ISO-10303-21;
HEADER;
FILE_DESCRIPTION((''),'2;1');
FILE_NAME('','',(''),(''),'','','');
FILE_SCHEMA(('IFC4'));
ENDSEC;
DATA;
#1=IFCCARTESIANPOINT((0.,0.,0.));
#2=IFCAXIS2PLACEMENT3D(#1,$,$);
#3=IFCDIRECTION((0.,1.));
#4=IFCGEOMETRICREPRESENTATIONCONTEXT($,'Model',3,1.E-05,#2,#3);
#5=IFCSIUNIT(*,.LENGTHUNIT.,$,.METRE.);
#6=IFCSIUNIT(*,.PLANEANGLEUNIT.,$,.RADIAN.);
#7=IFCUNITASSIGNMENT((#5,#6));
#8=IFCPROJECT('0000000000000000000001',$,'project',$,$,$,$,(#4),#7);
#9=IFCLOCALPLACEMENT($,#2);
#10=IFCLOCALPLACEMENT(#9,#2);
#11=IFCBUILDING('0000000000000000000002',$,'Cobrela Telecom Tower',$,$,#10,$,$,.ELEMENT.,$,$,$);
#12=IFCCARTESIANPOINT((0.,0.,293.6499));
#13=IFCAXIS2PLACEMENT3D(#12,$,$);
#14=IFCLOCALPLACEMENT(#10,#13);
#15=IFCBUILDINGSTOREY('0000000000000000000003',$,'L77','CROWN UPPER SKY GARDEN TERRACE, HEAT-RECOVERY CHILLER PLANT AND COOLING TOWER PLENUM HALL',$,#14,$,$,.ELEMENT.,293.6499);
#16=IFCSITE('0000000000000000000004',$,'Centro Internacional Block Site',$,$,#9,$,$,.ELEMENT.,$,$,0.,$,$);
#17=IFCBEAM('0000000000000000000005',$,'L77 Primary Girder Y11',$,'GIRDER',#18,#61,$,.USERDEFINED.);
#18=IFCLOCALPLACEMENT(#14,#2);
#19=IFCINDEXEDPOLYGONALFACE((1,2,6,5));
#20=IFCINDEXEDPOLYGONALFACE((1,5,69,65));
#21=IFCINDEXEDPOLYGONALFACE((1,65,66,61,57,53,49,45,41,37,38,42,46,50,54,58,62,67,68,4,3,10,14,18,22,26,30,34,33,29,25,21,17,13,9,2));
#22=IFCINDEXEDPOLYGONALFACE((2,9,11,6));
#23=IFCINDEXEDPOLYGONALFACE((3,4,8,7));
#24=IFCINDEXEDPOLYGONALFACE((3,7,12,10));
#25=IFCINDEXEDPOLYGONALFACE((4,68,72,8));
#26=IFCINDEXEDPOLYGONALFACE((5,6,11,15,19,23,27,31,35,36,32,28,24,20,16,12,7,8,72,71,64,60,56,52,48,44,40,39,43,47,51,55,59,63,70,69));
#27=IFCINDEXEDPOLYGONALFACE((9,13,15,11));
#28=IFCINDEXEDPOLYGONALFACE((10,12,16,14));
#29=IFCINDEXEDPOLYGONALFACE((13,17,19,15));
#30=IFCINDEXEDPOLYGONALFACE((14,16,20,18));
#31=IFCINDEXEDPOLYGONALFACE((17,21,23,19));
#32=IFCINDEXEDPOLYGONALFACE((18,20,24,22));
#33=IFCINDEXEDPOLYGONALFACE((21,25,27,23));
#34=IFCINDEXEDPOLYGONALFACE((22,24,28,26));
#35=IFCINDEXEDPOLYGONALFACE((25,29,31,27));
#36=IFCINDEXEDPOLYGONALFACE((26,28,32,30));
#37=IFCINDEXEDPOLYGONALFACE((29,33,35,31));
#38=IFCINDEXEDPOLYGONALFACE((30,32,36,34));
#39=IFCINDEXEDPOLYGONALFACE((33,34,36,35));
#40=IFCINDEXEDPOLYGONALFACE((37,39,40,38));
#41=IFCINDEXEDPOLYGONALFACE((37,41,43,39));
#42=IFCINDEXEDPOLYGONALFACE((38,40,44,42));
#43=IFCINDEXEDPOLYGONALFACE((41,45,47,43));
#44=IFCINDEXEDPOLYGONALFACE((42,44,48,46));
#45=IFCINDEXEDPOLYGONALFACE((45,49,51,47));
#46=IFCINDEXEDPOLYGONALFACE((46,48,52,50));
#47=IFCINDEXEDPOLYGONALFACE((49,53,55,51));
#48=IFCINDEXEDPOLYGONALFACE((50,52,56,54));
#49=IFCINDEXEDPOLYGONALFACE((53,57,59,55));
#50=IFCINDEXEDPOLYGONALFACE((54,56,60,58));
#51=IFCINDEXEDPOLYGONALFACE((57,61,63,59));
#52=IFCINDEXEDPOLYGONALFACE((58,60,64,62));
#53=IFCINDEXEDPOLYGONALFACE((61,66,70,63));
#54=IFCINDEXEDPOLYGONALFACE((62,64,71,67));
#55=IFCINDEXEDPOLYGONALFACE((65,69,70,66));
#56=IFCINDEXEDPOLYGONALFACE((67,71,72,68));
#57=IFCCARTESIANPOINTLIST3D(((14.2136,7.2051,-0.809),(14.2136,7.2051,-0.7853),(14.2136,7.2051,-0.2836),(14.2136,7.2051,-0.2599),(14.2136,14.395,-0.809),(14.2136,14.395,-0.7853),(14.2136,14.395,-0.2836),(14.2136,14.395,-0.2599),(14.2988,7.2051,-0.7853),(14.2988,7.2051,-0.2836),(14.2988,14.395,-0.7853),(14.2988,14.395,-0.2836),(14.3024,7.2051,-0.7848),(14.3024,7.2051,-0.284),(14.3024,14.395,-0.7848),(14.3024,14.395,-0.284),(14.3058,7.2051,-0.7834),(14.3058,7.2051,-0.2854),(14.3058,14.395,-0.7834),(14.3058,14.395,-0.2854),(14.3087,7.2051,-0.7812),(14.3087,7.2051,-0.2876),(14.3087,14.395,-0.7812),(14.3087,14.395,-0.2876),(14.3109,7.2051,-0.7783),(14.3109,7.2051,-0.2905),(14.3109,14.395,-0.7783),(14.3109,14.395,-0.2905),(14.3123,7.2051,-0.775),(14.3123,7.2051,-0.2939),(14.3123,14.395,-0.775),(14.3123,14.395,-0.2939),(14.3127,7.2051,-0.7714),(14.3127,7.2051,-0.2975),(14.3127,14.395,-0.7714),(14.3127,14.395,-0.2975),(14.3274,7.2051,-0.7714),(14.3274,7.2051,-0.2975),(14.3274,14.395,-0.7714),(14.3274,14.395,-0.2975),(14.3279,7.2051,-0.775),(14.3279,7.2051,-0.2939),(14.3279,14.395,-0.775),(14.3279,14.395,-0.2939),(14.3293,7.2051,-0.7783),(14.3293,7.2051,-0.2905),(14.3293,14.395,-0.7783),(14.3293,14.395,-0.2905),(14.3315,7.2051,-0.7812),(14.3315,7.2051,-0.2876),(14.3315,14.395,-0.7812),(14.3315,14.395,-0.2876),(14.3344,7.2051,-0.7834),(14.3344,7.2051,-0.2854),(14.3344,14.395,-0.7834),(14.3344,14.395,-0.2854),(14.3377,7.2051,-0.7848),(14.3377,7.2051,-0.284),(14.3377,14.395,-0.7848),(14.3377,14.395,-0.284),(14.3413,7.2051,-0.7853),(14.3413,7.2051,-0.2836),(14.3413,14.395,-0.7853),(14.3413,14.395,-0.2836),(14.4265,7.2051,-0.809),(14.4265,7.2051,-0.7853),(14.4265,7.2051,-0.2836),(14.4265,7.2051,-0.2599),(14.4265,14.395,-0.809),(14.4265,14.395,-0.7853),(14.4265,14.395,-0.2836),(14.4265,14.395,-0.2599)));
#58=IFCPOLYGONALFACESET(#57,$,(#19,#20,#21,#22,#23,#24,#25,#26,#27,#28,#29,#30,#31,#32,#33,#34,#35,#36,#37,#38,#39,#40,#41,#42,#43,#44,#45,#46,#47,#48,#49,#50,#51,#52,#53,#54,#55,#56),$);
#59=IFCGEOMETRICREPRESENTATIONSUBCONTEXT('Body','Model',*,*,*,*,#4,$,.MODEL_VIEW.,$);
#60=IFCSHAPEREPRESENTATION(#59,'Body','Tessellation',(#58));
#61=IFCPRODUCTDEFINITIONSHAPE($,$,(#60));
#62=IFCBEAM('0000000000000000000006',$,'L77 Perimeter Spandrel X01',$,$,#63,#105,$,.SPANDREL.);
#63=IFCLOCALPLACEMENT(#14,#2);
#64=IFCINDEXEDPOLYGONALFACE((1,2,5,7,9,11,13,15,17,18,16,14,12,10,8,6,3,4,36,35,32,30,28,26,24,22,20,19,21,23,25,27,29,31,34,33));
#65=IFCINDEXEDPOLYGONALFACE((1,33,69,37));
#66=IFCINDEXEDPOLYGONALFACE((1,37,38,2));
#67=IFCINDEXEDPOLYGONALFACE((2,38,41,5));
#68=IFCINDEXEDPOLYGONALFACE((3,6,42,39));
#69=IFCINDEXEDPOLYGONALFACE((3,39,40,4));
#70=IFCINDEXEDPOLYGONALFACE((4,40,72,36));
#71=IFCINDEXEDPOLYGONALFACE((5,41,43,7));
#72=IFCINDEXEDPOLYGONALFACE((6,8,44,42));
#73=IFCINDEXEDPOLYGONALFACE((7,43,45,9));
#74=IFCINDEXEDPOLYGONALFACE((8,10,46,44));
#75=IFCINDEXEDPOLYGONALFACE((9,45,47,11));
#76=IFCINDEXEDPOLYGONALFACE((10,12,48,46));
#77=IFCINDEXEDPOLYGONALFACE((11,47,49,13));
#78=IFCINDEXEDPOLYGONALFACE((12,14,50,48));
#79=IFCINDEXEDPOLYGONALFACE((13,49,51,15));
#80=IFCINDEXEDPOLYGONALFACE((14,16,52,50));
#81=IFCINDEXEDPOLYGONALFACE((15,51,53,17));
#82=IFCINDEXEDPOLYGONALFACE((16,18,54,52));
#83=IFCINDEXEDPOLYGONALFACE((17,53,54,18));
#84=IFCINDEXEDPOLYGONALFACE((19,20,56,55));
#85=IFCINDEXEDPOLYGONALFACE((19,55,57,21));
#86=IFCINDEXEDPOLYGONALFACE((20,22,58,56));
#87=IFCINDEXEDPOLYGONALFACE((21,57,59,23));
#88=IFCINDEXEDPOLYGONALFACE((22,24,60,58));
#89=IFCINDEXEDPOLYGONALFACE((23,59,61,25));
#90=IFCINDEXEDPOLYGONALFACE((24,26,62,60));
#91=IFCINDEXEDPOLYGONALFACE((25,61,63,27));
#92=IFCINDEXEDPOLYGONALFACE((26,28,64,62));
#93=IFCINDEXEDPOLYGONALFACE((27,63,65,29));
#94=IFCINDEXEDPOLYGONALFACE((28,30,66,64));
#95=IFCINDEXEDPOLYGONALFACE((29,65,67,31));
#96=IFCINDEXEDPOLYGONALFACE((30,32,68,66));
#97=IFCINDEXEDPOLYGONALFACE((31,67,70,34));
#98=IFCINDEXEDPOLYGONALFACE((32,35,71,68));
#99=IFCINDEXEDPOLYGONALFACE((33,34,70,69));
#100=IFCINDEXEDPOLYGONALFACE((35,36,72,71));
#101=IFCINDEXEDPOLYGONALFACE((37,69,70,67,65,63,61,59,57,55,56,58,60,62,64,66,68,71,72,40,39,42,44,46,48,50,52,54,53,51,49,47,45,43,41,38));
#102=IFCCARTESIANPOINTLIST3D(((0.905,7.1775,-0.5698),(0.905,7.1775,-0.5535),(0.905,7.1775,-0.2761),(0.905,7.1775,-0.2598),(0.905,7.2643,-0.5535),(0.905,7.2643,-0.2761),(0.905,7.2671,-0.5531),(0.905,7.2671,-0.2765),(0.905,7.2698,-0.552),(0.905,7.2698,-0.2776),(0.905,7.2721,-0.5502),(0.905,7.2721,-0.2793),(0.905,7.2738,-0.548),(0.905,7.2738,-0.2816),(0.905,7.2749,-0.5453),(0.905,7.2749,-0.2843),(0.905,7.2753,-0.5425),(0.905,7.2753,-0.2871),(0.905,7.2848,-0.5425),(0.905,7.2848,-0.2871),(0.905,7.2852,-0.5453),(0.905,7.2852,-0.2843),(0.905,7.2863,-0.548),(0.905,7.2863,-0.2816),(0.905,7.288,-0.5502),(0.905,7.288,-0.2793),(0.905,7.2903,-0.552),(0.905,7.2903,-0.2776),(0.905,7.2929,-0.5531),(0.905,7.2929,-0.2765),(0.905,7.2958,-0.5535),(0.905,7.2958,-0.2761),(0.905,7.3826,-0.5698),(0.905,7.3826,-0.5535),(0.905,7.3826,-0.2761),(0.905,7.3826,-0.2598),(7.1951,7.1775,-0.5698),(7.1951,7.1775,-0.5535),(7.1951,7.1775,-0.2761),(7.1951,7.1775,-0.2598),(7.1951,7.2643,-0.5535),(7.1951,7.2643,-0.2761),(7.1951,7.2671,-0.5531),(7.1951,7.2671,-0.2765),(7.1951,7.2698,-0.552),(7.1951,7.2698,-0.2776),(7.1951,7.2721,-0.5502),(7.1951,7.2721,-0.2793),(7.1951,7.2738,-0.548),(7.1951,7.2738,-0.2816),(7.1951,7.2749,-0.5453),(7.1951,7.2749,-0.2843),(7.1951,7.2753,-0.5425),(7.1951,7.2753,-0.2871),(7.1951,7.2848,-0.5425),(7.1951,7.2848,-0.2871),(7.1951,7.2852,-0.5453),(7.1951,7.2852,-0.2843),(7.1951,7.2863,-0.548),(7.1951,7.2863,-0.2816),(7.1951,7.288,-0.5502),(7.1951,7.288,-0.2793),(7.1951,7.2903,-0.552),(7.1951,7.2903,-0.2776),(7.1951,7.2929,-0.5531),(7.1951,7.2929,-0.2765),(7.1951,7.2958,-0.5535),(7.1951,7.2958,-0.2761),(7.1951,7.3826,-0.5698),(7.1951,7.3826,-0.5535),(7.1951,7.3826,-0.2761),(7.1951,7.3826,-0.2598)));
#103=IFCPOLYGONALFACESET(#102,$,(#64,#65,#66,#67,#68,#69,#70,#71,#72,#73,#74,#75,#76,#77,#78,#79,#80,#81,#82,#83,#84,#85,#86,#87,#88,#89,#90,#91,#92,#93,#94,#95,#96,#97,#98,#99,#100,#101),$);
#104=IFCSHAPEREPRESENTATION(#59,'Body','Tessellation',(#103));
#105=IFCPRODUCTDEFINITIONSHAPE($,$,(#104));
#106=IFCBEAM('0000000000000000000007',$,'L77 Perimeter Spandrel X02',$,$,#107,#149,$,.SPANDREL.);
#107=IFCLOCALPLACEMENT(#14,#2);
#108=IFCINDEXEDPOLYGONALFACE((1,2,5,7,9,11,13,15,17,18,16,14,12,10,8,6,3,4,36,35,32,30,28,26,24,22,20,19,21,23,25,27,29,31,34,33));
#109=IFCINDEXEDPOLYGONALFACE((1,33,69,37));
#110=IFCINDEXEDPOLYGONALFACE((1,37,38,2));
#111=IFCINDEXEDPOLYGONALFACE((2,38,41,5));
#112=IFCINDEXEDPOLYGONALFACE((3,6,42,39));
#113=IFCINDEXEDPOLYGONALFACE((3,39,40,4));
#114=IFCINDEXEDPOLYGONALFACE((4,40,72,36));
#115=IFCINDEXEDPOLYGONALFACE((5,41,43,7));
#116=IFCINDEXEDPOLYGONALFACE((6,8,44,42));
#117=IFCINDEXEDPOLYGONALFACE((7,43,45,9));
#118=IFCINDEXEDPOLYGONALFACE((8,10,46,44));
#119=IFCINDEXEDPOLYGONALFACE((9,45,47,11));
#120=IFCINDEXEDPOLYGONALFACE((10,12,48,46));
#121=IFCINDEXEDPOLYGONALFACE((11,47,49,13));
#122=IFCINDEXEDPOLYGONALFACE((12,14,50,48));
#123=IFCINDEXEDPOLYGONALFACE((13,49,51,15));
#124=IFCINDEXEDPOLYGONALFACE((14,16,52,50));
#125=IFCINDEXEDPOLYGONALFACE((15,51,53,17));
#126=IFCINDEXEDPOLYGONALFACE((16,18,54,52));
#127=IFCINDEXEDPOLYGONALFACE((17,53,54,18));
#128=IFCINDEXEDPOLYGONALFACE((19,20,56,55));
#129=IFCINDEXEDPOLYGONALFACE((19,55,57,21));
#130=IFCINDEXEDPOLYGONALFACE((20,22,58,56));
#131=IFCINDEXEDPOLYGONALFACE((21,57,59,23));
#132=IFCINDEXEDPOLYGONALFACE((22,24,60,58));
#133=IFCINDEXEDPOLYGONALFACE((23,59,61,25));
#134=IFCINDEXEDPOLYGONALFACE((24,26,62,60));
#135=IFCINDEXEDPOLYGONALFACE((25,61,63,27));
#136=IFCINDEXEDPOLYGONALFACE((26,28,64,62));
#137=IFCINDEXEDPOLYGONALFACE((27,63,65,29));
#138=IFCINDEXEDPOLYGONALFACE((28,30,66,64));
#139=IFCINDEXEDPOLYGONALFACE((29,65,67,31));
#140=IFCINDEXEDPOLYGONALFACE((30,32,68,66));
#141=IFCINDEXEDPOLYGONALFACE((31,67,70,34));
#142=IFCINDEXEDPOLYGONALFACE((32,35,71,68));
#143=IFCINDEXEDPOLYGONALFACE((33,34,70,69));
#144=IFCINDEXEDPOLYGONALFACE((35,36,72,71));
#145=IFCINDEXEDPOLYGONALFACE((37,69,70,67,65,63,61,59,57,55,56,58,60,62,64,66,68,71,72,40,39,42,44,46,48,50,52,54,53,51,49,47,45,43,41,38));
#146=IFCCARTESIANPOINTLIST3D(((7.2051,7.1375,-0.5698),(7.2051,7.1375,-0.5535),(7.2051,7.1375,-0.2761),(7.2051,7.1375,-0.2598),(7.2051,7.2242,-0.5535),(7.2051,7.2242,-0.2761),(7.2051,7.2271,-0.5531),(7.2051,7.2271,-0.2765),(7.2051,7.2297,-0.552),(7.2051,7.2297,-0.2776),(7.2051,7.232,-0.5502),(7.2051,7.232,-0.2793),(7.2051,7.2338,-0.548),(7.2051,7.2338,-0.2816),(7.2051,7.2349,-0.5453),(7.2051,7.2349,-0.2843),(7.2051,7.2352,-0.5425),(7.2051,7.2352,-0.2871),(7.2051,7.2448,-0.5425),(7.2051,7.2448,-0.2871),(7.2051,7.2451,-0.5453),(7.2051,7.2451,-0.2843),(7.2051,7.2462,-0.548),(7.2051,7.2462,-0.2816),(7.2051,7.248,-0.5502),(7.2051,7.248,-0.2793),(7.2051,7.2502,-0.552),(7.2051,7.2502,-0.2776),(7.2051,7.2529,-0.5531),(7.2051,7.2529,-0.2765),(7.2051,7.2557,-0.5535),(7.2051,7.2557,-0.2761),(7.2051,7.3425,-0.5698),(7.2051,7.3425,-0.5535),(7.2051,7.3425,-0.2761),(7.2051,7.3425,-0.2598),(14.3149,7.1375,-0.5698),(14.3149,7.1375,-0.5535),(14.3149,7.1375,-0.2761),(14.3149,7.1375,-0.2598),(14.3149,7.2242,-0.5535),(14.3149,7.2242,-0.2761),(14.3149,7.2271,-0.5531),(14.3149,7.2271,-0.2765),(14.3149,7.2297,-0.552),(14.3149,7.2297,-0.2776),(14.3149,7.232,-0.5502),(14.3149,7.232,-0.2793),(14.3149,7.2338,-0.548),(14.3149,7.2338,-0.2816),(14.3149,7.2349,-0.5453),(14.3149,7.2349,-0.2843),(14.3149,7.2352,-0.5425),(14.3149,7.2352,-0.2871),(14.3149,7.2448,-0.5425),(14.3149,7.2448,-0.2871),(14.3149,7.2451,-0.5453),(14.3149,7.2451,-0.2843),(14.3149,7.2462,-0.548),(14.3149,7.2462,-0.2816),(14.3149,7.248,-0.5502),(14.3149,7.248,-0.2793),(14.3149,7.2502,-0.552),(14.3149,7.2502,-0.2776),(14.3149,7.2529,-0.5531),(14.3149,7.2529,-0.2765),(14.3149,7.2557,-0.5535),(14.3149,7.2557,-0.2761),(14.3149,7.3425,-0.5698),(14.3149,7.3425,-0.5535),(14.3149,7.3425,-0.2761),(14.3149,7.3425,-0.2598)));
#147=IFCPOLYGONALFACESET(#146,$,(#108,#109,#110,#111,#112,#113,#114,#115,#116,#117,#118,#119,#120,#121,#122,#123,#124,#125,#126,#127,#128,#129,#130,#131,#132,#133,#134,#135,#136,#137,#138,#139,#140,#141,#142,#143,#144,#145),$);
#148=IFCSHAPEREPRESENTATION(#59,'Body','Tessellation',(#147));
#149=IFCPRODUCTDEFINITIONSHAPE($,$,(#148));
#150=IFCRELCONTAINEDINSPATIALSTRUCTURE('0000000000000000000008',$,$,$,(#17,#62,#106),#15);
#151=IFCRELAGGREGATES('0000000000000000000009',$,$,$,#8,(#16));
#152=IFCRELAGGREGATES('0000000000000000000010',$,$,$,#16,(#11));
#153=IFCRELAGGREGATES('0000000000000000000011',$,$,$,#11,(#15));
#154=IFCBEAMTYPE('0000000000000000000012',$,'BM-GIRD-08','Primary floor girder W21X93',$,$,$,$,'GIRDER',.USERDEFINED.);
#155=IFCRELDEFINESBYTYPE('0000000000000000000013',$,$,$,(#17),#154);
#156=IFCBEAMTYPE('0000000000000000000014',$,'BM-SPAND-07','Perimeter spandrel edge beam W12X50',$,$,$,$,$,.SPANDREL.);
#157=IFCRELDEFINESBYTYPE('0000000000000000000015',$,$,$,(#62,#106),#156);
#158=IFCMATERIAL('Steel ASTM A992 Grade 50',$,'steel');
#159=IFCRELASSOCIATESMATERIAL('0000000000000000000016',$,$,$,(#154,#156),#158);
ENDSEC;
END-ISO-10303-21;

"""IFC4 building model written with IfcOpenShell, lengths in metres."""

from ifc_helpers import new_model, si_unit, direction, frame, origin, origin_2d, place, context, subcontext, project, spatial, i_section, extrude, material, material_profile, profile_set, type_object, element, save


model = new_model("IFC4")

# Units and contexts
model_context = context("Model", 3, precision=1e-05, world=origin(), true_north=direction((0.0, 1.0)))
body_context = subcontext(model_context, "Body", "Model", "MODEL_VIEW")
ifc_project = project(units=[si_unit("LENGTHUNIT", "METRE"), si_unit("PLANEANGLEUNIT", "RADIAN")], contexts=[model_context])

# Site, building, storey
site_placement = place(None, origin())
site = spatial("IfcSite", under=ifc_project, at=site_placement, Name="Centro Internacional Block Site", CompositionType="ELEMENT", RefElevation=0.0)
building_placement = place(site_placement, origin())
building = spatial("IfcBuilding", under=site, at=building_placement, Name="Cobrela Telecom Tower", CompositionType="ELEMENT")
storey_placement = place(building_placement, frame((0.0, 0.0, 293.6499)))
storey = spatial("IfcBuildingStorey", under=building, at=storey_placement, Name="L77", Description="CROWN UPPER SKY GARDEN TERRACE, HEAT-RECOVERY CHILLER PLANT AND COOLING TOWER PLENUM HALL", CompositionType="ELEMENT", Elevation=293.6499)

# Beams
ifc_material_1 = material(Name="Steel ASTM A992 Grade 50", Category="steel")
ifc_material_profile_1 = material_profile(ifc_material_1, i_section(OverallWidth=0.2129, OverallDepth=0.5491, WebThickness=0.0146, FlangeThickness=0.0237, FilletRadius=0.0139, at=origin_2d()), Name="W21X93")
ifc_profile_set_1 = profile_set([ifc_material_profile_1], Name="Steel ASTM A992 Grade 50")
beam_type_1 = type_object("IfcBeamType", Name="BM-GIRD-08", Description="Primary floor girder W21X93", ElementType="GIRDER", PredefinedType="USERDEFINED", material=ifc_profile_set_1)
beam_1_placement = place(storey_placement, frame((14.3201, 7.2051, -0.5344), z_axis=(0.0, 1.0, 0.0), x_axis=(-1.0, 0.0, 0.0)))
element("IfcBeam", 1, at=beam_1_placement, inside=storey, type_object=beam_type_1, Name="L77 Primary Girder Y11", ObjectType="GIRDER", PredefinedType="USERDEFINED", context=body_context, shape_type="SweptSolid", body=[
    extrude(i_section(OverallWidth=0.2129, OverallDepth=0.5491, WebThickness=0.0146, FlangeThickness=0.0237, FilletRadius=0.0139, at=origin_2d()), origin(), (0.0, 0.0, 1.0), 7.1899),
])
ifc_material_profile_2 = material_profile(ifc_material_1, i_section(OverallWidth=0.2051, OverallDepth=0.3101, WebThickness=0.0095, FlangeThickness=0.0164, FilletRadius=0.011, at=origin_2d()), Name="W12X50")
ifc_profile_set_2 = profile_set([ifc_material_profile_2], Name="Steel ASTM A992 Grade 50")
beam_type_2 = type_object("IfcBeamType", Name="BM-SPAND-07", Description="Perimeter spandrel edge beam W12X50", PredefinedType="SPANDREL", material=ifc_profile_set_2)
beam_2_placement = place(storey_placement, frame((0.905, 7.28, -0.4148), z_axis=(1.0, 0.0, 0.0), x_axis=(0.0, 1.0, 0.0)))
element("IfcBeam", 2, at=beam_2_placement, inside=storey, type_object=beam_type_2, Name="L77 Perimeter Spandrel X01", PredefinedType="SPANDREL", context=body_context, shape_type="SweptSolid", body=[
    extrude(i_section(OverallWidth=0.2051, OverallDepth=0.3101, WebThickness=0.0095, FlangeThickness=0.0164, FilletRadius=0.011, at=origin_2d()), origin(), (0.0, 0.0, 1.0), 6.29),
])
beam_3_placement = place(storey_placement, frame((7.2051, 7.24, -0.4148), z_axis=(1.0, 0.0, 0.0), x_axis=(0.0, 1.0, 0.0)))
element("IfcBeam", 3, at=beam_3_placement, inside=storey, type_object=beam_type_2, Name="L77 Perimeter Spandrel X02", PredefinedType="SPANDREL", context=body_context, shape_type="SweptSolid", body=[
    extrude(i_section(OverallWidth=0.2051, OverallDepth=0.3101, WebThickness=0.0095, FlangeThickness=0.0164, FilletRadius=0.011, at=origin_2d()), origin(), (0.0, 0.0, 1.0), 7.1099),
])

save(model, "model.ifc")
